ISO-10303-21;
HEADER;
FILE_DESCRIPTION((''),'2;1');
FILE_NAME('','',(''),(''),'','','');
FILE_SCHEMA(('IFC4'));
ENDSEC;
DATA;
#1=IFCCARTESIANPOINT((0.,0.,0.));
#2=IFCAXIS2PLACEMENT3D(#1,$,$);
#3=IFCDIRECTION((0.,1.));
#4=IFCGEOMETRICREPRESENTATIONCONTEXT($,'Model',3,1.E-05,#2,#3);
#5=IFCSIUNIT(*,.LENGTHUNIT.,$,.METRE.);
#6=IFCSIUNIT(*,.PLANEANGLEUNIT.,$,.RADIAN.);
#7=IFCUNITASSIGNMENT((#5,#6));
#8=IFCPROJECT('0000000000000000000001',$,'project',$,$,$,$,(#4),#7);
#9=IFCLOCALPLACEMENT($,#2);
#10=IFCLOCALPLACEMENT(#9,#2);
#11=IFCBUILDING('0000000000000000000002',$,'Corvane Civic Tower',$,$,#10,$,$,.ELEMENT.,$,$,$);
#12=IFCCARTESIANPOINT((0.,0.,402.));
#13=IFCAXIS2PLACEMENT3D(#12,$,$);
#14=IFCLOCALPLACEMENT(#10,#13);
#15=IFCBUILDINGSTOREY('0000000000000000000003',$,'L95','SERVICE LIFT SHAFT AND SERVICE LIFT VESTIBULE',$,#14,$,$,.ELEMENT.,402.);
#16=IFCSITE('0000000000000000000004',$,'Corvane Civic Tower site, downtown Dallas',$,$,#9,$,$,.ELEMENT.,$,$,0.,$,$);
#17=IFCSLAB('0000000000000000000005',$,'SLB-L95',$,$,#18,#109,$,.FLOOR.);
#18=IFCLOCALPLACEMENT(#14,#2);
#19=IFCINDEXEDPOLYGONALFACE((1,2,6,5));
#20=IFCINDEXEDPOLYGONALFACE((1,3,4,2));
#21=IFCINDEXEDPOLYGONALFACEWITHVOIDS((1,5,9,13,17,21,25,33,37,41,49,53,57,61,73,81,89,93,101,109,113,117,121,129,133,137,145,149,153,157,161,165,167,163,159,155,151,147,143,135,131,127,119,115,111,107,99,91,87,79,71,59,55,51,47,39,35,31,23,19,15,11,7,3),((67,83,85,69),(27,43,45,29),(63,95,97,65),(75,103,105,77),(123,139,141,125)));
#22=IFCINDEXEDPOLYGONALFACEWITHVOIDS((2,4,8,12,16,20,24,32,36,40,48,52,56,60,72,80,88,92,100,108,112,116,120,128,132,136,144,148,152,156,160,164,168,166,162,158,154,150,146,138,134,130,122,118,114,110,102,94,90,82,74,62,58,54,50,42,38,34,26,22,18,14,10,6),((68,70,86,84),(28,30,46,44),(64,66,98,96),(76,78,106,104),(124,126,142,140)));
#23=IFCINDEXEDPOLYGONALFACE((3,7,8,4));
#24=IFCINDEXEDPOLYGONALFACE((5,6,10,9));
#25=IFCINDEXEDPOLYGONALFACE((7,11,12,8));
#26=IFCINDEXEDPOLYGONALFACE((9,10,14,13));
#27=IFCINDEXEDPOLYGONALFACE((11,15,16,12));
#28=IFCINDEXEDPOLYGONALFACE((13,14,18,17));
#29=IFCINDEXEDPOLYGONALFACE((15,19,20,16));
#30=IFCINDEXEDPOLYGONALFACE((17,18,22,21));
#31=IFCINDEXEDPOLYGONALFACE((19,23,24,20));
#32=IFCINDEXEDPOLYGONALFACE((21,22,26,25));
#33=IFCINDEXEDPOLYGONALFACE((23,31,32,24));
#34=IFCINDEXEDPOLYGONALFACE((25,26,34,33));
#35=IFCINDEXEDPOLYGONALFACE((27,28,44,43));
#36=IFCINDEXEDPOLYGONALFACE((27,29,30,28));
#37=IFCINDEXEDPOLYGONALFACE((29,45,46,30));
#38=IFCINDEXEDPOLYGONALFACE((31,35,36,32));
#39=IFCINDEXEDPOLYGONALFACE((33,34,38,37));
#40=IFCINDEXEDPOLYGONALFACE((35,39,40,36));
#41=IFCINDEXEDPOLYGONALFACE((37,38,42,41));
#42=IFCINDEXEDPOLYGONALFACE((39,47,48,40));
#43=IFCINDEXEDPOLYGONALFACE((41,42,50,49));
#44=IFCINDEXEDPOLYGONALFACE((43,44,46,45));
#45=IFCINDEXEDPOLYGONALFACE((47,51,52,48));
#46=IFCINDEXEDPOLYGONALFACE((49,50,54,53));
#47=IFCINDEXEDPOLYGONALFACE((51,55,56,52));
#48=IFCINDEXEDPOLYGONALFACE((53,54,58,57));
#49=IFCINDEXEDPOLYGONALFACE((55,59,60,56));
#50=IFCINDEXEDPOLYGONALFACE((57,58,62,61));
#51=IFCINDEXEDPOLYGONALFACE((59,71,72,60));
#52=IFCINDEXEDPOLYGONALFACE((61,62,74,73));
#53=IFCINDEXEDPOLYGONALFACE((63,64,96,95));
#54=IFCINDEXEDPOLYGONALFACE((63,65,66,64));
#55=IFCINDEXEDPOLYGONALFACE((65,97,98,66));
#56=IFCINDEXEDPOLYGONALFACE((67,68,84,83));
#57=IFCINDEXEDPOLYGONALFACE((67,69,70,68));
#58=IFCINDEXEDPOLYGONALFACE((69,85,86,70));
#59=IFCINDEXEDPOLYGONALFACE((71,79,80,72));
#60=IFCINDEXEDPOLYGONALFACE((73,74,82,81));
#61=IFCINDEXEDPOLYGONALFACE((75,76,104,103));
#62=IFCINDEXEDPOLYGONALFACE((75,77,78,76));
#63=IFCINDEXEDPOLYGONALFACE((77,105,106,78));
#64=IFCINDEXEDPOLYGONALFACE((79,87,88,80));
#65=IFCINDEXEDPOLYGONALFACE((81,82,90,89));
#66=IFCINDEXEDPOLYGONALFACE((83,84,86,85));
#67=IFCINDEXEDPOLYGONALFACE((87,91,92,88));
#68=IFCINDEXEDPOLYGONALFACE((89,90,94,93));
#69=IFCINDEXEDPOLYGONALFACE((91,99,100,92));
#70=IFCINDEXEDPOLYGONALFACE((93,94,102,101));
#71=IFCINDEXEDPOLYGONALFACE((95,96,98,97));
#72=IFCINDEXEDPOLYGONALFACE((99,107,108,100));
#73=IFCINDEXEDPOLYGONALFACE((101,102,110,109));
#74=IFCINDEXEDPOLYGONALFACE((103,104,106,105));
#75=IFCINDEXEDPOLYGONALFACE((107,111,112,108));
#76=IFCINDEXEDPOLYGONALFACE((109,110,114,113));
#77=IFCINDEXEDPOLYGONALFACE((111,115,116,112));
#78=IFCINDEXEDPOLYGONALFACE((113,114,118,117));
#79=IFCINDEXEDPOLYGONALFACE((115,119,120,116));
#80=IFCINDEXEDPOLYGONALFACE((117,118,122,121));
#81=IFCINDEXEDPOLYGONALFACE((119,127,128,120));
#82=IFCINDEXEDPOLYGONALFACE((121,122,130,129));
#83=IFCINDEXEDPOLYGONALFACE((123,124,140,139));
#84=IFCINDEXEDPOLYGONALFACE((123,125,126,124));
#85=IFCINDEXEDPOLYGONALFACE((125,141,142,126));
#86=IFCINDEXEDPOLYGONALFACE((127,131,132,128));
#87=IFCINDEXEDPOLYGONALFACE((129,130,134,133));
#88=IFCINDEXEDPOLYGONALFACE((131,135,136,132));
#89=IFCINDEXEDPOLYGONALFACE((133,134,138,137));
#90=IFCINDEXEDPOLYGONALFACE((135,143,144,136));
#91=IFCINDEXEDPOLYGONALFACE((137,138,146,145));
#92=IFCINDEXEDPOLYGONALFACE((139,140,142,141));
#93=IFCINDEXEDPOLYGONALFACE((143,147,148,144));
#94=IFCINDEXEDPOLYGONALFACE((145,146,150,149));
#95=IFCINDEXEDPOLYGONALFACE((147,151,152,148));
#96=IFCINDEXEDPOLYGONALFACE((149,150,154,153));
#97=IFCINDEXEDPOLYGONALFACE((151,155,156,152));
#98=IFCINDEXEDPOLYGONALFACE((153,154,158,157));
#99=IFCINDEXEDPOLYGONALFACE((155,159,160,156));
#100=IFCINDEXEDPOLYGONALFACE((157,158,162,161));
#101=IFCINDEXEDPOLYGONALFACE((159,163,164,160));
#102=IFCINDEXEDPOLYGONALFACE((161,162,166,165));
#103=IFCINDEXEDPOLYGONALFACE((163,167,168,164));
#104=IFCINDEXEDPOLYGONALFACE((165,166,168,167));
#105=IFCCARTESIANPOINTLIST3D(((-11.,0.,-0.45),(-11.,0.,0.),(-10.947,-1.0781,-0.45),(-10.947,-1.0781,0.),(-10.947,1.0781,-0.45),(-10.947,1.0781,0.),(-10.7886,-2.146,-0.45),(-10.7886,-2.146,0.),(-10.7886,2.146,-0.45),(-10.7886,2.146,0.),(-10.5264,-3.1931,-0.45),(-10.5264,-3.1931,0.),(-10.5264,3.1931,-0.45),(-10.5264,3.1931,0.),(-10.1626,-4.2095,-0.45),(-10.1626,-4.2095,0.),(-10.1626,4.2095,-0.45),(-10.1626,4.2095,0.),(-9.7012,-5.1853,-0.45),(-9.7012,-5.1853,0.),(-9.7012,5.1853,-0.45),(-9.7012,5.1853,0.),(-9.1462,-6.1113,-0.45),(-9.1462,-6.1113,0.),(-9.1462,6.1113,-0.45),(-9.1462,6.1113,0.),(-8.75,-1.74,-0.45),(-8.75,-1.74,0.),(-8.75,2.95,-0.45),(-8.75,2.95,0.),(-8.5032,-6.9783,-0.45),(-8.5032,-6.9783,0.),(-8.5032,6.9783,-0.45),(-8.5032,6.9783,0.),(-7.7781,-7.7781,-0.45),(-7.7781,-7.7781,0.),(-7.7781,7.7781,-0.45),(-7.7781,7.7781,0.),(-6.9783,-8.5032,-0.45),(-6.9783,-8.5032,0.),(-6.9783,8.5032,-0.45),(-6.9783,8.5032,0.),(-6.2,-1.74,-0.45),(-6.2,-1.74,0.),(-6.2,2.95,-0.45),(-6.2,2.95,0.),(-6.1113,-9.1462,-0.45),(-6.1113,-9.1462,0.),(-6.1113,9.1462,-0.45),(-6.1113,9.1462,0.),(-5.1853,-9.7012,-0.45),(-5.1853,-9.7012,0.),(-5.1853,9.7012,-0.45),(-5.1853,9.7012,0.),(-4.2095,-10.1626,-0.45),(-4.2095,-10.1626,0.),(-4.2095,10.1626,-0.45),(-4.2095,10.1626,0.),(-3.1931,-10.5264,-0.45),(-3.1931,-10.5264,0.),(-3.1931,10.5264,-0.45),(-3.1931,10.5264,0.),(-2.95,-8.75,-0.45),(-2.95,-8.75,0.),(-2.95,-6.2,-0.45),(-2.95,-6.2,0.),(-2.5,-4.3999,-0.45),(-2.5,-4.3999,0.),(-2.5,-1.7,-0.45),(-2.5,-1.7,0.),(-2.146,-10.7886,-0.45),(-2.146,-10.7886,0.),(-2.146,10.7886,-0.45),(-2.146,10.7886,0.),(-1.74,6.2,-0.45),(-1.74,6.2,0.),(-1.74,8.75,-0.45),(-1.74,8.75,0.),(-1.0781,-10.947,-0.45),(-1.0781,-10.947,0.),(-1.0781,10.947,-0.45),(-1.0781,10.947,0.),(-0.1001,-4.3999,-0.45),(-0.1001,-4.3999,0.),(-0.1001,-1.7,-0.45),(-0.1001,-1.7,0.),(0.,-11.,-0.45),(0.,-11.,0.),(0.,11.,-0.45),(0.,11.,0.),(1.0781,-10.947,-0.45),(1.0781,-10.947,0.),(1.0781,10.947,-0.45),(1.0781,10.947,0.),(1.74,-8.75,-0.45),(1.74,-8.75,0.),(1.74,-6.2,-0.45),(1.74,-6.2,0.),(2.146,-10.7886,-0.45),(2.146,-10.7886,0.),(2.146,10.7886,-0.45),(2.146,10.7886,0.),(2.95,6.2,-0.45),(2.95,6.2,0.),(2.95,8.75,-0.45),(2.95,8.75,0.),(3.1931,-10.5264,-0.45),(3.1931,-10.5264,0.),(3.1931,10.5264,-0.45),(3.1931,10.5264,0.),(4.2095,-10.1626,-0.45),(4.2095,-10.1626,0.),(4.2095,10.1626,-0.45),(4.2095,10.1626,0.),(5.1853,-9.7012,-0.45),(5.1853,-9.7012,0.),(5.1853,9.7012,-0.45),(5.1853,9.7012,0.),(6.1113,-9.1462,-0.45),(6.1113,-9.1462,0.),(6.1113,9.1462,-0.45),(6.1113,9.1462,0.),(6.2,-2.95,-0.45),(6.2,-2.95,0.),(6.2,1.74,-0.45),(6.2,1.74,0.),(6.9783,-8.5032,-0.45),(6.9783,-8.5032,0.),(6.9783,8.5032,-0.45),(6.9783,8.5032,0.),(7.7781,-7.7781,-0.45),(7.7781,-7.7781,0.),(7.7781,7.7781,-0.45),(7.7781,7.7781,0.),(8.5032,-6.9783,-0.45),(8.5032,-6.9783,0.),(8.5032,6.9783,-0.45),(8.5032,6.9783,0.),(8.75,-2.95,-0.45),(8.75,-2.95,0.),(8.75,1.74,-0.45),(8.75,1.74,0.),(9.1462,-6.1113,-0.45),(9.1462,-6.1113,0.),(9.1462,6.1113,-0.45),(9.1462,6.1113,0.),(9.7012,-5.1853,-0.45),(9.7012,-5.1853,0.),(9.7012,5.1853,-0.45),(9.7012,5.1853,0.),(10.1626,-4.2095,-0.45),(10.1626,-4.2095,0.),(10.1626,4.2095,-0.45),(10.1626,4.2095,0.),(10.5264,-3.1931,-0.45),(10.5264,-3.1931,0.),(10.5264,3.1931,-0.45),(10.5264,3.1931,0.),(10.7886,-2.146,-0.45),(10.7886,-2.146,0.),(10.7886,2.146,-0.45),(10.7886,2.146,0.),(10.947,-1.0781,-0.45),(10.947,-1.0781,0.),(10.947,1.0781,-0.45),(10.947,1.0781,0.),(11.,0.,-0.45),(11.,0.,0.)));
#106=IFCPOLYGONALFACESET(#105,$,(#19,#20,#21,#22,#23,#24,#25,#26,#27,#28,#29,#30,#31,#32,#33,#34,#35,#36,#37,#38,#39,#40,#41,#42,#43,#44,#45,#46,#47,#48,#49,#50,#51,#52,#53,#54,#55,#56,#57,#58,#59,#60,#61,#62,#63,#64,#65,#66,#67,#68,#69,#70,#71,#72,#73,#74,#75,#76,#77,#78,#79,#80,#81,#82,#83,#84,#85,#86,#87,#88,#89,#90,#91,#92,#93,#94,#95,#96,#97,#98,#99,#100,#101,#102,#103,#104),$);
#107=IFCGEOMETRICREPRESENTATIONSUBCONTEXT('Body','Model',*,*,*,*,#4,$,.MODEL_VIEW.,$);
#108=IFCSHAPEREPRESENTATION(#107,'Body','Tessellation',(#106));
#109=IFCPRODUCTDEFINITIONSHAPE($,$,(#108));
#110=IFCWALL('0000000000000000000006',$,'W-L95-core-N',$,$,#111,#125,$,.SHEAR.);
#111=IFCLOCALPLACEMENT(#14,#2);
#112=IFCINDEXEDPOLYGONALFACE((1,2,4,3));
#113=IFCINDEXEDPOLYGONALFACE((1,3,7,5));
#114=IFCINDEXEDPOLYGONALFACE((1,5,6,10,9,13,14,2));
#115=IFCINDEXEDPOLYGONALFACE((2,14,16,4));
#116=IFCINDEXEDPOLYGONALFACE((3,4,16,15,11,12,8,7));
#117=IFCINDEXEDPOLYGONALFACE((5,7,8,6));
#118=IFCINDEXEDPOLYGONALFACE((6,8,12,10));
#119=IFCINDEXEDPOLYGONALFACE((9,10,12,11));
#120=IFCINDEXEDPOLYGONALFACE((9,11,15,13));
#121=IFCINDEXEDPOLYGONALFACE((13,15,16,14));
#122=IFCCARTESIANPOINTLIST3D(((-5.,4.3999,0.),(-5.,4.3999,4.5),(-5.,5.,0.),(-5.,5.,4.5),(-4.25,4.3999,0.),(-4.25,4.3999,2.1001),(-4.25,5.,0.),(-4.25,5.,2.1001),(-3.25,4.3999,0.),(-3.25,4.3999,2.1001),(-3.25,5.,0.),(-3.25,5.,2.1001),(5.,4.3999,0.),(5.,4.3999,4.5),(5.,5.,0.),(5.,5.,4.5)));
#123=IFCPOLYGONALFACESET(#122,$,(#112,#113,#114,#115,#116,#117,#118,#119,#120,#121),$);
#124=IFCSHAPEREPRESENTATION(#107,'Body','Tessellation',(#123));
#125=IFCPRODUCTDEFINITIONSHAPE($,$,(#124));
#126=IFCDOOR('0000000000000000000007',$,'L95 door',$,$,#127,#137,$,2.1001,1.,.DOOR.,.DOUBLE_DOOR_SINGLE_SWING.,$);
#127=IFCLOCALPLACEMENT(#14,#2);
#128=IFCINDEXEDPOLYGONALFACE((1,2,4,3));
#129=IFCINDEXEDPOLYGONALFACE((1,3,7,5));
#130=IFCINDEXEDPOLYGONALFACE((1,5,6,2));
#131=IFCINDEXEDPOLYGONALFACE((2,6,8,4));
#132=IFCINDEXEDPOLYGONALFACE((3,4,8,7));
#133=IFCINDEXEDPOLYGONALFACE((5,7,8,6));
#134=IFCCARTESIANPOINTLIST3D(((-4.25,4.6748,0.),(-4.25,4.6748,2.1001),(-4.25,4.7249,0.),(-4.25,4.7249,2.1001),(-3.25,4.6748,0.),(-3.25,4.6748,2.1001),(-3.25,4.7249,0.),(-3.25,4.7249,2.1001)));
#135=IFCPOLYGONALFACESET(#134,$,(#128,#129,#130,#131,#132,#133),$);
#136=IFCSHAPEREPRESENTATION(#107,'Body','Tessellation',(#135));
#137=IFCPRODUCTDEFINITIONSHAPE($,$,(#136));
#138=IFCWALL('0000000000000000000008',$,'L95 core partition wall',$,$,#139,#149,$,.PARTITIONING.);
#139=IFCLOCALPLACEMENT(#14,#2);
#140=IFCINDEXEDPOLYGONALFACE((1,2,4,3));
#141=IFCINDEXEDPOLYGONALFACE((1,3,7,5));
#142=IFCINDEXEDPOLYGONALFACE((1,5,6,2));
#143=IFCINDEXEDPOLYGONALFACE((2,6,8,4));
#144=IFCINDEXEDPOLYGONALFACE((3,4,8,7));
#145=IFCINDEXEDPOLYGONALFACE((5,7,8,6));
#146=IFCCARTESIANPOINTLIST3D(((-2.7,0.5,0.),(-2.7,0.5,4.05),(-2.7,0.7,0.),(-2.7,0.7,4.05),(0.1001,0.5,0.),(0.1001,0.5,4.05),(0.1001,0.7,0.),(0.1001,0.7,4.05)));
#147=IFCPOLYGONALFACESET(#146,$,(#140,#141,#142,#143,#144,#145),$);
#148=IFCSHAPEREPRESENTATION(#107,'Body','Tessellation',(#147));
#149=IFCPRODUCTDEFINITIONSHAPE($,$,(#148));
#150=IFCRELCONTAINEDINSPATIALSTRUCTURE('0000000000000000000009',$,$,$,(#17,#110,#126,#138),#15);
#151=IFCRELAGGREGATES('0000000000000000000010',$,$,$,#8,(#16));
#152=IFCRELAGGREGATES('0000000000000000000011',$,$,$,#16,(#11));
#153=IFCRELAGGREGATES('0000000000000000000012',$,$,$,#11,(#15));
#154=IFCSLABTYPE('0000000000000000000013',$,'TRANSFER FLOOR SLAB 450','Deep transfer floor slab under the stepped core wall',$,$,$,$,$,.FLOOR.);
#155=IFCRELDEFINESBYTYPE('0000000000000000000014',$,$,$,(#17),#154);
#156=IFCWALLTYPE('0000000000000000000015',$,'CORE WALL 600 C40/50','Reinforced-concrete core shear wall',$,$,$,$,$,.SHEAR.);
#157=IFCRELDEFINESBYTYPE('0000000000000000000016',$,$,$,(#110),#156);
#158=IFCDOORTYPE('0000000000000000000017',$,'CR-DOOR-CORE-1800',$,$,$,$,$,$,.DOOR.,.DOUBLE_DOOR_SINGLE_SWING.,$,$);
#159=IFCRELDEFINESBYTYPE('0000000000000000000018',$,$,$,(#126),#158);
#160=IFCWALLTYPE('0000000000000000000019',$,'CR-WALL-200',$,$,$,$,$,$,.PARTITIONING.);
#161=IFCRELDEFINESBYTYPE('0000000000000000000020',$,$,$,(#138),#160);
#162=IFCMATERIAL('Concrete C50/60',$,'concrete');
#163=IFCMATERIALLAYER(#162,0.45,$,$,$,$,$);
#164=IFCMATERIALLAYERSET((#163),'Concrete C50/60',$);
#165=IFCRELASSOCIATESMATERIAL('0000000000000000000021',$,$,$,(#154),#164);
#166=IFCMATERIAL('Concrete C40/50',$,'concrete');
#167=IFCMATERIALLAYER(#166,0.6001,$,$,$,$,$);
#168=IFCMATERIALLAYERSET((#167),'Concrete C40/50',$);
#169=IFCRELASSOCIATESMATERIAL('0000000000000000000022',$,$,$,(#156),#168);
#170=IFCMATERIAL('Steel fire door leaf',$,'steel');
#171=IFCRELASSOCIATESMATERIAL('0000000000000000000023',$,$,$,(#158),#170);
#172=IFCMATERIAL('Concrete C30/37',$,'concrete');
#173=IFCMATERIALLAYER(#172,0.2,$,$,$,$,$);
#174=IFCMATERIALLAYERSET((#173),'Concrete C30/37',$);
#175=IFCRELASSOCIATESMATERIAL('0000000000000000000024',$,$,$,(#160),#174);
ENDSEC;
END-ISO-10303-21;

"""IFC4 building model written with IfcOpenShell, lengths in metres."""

from ifc_helpers import new_model, si_unit, direction, frame, frame_2d, origin, place, context, subcontext, project, spatial, polyline, rectangle, outline, extrude, material, layer, layer_set, type_object, element, fill, save


model = new_model("IFC4")

# Units and contexts
model_context = context("Model", 3, precision=1e-05, world=origin(), true_north=direction((0.0, 1.0)))
body_context = subcontext(model_context, "Body", "Model", "MODEL_VIEW")
ifc_project = project(units=[si_unit("LENGTHUNIT", "METRE"), si_unit("PLANEANGLEUNIT", "RADIAN")], contexts=[model_context])

# Site, building, storey
site_placement = place(None, origin())
site = spatial("IfcSite", under=ifc_project, at=site_placement, Name="Corvane Civic Tower site, downtown Dallas", CompositionType="ELEMENT", RefElevation=0.0)
building_placement = place(site_placement, origin())
building = spatial("IfcBuilding", under=site, at=building_placement, Name="Corvane Civic Tower", CompositionType="ELEMENT")
storey_placement = place(building_placement, frame((0.0, 0.0, 402.0)))
storey = spatial("IfcBuildingStorey", under=building, at=storey_placement, Name="L95", Description="SERVICE LIFT SHAFT AND SERVICE LIFT VESTIBULE", CompositionType="ELEMENT", Elevation=402.0)

# Slab
ifc_material_1 = material(Name="Concrete C50/60", Category="concrete")
ifc_layer_1 = layer(ifc_material_1, 0.45)
ifc_layer_set_1 = layer_set([ifc_layer_1], Name="Concrete C50/60")
slab_type_1 = type_object("IfcSlabType", Name="TRANSFER FLOOR SLAB 450", Description="Deep transfer floor slab under the stepped core wall", PredefinedType="FLOOR", material=ifc_layer_set_1)
slab_1_placement = place(storey_placement, frame((0.0, 0.0, -0.45)))
element("IfcSlab", 1, at=slab_1_placement, inside=storey, type_object=slab_type_1, Name="SLB-L95", PredefinedType="FLOOR", context=body_context, shape_type="SweptSolid", body=[
    extrude(outline(polyline([(0.0, 11.0), (-1.0781, 10.947), (-2.146, 10.7886), (-3.1931, 10.5264), (-4.2095, 10.1626), (-5.1853, 9.7012), (-6.1113, 9.1462), (-6.9783, 8.5032), (-7.7781, 7.7781), (-8.5032, 6.9783), (-9.1462, 6.1113), (-9.7012, 5.1853), (-10.1626, 4.2095), (-10.5264, 3.1931), (-10.7886, 2.146), (-10.947, 1.0781), (-11.0, 0.0), (-10.947, -1.0781), (-10.7886, -2.146), (-10.5264, -3.1931), (-10.1626, -4.2095), (-9.7012, -5.1853), (-9.1462, -6.1113), (-8.5032, -6.9783), (-7.7781, -7.7781), (-6.9783, -8.5032), (-6.1113, -9.1462), (-5.1853, -9.7012), (-4.2095, -10.1626), (-3.1931, -10.5264), (-2.146, -10.7886), (-1.0781, -10.947), (0.0, -11.0), (1.0781, -10.947), (2.146, -10.7886), (3.1931, -10.5264), (4.2095, -10.1626), (5.1853, -9.7012), (6.1113, -9.1462), (6.9783, -8.5032), (7.7781, -7.7781), (8.5032, -6.9783), (9.1462, -6.1113), (9.7012, -5.1853), (10.1626, -4.2095), (10.5264, -3.1931), (10.7886, -2.146), (10.947, -1.0781), (11.0, 0.0), (10.947, 1.0781), (10.7886, 2.146), (10.5264, 3.1931), (10.1626, 4.2095), (9.7012, 5.1853), (9.1462, 6.1113), (8.5032, 6.9783), (7.7781, 7.7781), (6.9783, 8.5032), (6.1113, 9.1462), (5.1853, 9.7012), (4.2095, 10.1626), (3.1931, 10.5264), (2.146, 10.7886), (1.0781, 10.947), (0.0, 11.0)]), holes=[polyline([(-2.5, -4.3999), (-2.5, -1.7), (-0.1001, -1.7), (-0.1001, -4.3999), (-2.5, -4.3999)]), polyline([(6.2, 1.74), (8.75, 1.74), (8.75, -2.95), (6.2, -2.95), (6.2, 1.74)]), polyline([(-1.74, 6.2), (-1.74, 8.75), (2.95, 8.75), (2.95, 6.2), (-1.74, 6.2)]), polyline([(-6.2, -1.74), (-8.75, -1.74), (-8.75, 2.95), (-6.2, 2.95), (-6.2, -1.74)]), polyline([(1.74, -6.2), (1.74, -8.75), (-2.95, -8.75), (-2.95, -6.2), (1.74, -6.2)])]), origin(), (0.0, 0.0, 1.0), 0.45),
])

# Wall, opening, door
ifc_material_2 = material(Name="Concrete C40/50", Category="concrete")
ifc_layer_2 = layer(ifc_material_2, 0.6001)
ifc_layer_set_2 = layer_set([ifc_layer_2], Name="Concrete C40/50")
wall_type_1 = type_object("IfcWallType", Name="CORE WALL 600 C40/50", Description="Reinforced-concrete core shear wall", PredefinedType="SHEAR", material=ifc_layer_set_2)
wall_1_placement = place(storey_placement, frame((-5.0, 4.7, 0.0), z_axis=(0.0, 0.0, 1.0), x_axis=(1.0, 0.0, 0.0)))
wall_1 = element("IfcWall", 2, at=wall_1_placement, inside=storey, type_object=wall_type_1, Name="W-L95-core-N", PredefinedType="SHEAR", context=body_context, shape_type="SweptSolid", body=[
    extrude(rectangle(XDim=10.0, YDim=0.6001, at=frame_2d((5.0, 0.0))), origin(), (0.0, 0.0, 1.0), 4.5),
])
opening_1_placement = place(wall_1_placement, frame((0.75, 0.0, 0.0)))
opening_1 = element("IfcOpeningElement", 3, at=opening_1_placement, cuts=wall_1, PredefinedType="OPENING", context=body_context, shape_type="SweptSolid", body=[
    extrude(rectangle(XDim=1.0, YDim=2.1001, at=frame_2d((0.5, 1.05))), frame((0.0, 0.3101, 0.0), z_axis=(0.0, -1.0, 0.0), x_axis=(1.0, 0.0, 0.0)), (0.0, 0.0, 1.0), 0.6201),
])
ifc_material_3 = material(Name="Steel fire door leaf", Category="steel")
door_type_1 = type_object("IfcDoorType", Name="CR-DOOR-CORE-1800", OperationType="DOUBLE_DOOR_SINGLE_SWING", PredefinedType="DOOR", material=ifc_material_3)
door_1_placement = place(opening_1_placement, origin())
door_1 = element("IfcDoor", 4, at=door_1_placement, inside=storey, type_object=door_type_1, Name="L95 door", OperationType="DOUBLE_DOOR_SINGLE_SWING", OverallHeight=2.1001, OverallWidth=1.0, PredefinedType="DOOR", context=body_context, shape_type="SweptSolid", body=[
    extrude(rectangle(XDim=1.0, YDim=2.1001, at=frame_2d((0.5, 1.05))), frame((0.0, 0.0249, 0.0), z_axis=(0.0, -1.0, 0.0), x_axis=(1.0, 0.0, 0.0)), (0.0, 0.0, 1.0), 0.05),
])
fill(opening_1, door_1)

# Wall
ifc_material_4 = material(Name="Concrete C30/37", Category="concrete")
ifc_layer_3 = layer(ifc_material_4, 0.2)
ifc_layer_set_3 = layer_set([ifc_layer_3], Name="Concrete C30/37")
wall_type_2 = type_object("IfcWallType", Name="CR-WALL-200", PredefinedType="PARTITIONING", material=ifc_layer_set_3)
wall_2_placement = place(storey_placement, origin())
element("IfcWall", 5, at=wall_2_placement, inside=storey, type_object=wall_type_2, Name="L95 core partition wall", PredefinedType="PARTITIONING", context=body_context, shape_type="SweptSolid", body=[
    extrude(outline(polyline([(0.1001, 0.7), (0.1001, 0.5), (-2.7, 0.5), (-2.7, 0.7), (0.1001, 0.7)])), origin(), (0.0, 0.0, 1.0), 4.05),
])

save(model, "model.ifc")
